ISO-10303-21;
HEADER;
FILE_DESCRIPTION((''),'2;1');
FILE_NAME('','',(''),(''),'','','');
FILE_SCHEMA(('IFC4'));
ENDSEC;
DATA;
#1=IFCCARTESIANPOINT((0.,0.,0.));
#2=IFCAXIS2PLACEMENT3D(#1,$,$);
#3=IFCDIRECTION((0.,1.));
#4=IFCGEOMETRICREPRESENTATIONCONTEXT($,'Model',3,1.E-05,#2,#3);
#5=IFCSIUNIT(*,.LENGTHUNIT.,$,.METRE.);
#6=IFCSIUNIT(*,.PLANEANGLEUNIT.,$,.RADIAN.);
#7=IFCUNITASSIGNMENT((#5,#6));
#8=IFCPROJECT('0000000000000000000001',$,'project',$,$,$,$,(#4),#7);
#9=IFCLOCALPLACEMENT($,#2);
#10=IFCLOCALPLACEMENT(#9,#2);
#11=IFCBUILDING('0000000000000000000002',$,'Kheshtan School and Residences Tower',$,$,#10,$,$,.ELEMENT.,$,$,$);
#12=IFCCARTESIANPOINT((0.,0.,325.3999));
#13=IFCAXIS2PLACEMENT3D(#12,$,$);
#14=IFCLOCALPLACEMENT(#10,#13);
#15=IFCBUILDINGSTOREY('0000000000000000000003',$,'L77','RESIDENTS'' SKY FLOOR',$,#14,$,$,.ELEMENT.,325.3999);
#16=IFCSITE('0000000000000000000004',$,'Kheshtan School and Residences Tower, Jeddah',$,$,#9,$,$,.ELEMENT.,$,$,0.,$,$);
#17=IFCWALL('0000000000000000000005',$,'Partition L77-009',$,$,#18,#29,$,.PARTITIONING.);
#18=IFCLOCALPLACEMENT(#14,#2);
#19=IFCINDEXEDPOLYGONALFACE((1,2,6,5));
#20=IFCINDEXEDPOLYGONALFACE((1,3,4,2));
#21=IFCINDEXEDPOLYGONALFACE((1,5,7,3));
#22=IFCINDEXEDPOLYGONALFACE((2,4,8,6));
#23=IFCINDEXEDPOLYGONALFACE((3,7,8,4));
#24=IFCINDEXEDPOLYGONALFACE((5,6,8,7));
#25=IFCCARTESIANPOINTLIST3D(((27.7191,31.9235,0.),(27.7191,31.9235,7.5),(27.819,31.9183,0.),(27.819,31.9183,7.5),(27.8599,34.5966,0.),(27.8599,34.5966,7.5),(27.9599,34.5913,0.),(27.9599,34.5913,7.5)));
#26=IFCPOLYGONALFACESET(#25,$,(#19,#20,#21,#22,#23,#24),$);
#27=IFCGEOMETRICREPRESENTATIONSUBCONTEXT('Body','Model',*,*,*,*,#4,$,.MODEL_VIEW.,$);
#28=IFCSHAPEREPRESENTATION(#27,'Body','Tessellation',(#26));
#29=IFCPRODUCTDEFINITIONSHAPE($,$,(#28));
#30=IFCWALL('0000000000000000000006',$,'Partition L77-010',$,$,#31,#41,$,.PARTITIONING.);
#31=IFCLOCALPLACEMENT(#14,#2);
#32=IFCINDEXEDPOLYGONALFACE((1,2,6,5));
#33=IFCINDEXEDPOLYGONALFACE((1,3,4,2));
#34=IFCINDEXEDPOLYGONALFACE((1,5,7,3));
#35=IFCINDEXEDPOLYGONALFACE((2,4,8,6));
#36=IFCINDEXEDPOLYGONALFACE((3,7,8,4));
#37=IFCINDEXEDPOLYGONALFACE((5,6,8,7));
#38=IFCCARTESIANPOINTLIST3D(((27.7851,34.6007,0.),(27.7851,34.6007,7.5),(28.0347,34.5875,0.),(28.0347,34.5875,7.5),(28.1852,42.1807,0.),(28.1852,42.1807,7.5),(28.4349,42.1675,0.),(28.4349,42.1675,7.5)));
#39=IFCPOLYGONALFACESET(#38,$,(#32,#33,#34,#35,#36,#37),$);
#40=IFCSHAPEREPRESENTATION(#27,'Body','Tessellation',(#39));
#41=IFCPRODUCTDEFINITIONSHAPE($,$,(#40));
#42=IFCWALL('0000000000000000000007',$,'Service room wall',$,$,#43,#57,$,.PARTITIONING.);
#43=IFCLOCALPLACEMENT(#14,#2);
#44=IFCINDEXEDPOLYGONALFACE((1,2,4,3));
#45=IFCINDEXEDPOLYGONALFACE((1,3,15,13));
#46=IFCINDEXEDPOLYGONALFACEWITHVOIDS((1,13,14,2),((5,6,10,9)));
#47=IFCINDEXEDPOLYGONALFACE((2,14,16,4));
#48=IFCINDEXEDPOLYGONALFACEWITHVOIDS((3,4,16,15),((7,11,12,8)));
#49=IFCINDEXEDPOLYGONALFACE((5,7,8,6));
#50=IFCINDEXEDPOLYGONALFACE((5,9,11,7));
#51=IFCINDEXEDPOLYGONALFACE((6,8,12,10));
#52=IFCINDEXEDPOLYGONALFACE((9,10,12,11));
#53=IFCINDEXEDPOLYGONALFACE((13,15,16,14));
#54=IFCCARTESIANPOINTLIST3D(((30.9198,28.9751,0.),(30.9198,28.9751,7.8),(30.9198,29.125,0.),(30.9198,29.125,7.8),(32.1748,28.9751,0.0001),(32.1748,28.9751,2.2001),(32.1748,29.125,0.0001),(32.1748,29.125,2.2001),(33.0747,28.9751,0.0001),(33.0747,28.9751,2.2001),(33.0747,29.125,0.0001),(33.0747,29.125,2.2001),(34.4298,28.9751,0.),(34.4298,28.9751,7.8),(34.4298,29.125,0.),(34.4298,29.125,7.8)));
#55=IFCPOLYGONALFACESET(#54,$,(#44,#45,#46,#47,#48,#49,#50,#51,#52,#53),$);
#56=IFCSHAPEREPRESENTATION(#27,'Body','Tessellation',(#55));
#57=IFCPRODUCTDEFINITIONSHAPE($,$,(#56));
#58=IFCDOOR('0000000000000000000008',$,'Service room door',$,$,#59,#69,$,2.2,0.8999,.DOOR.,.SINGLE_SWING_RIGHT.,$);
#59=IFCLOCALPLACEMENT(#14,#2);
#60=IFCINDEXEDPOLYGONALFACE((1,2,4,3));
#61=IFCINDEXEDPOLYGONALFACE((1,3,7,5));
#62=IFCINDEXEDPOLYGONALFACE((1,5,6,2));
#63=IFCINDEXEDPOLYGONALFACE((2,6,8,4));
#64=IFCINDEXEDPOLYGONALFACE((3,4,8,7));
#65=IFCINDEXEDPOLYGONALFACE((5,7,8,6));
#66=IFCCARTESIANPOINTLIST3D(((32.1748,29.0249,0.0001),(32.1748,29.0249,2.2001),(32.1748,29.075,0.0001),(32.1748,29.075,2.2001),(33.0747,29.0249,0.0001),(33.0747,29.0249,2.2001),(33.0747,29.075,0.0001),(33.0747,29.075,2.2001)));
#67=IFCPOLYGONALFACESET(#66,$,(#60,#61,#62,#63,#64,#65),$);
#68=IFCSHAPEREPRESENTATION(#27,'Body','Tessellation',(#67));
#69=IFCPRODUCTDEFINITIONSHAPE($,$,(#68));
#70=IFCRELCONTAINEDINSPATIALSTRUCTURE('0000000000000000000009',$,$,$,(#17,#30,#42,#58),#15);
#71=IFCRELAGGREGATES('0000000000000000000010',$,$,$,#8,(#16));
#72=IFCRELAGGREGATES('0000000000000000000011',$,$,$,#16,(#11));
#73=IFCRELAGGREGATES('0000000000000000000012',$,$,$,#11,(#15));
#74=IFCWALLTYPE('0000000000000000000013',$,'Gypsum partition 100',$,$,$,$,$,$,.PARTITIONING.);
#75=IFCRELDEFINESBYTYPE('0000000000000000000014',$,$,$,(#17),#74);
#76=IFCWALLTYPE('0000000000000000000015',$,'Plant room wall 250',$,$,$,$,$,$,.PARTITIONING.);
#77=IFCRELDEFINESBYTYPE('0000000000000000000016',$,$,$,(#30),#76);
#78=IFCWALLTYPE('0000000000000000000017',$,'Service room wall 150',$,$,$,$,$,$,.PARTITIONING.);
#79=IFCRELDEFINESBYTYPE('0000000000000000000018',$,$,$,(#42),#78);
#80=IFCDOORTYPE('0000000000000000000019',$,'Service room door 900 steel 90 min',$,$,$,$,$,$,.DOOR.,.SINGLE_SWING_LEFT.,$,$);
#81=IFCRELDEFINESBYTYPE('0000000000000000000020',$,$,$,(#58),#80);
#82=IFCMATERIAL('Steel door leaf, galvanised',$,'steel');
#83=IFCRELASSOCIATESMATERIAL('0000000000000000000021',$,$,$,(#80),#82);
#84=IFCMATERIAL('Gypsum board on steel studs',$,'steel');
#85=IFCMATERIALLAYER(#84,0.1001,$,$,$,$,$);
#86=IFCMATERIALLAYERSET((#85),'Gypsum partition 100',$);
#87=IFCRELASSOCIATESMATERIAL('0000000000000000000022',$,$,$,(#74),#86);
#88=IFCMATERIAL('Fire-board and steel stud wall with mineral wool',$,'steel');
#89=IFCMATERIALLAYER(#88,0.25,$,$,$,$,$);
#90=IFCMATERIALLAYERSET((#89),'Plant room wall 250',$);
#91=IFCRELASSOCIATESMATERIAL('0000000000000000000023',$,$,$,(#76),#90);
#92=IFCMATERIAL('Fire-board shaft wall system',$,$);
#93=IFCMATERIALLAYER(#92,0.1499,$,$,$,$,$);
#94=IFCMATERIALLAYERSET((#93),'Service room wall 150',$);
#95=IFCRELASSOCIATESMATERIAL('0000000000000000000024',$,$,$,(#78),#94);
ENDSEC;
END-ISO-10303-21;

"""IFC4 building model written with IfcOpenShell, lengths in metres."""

from ifc_helpers import new_model, si_unit, direction, frame, frame_2d, origin, place, context, subcontext, project, spatial, rectangle, extrude, source, transform, mapped, material, layer, layer_set, type_object, element, fill, save


model = new_model("IFC4")

# Units and contexts
model_context = context("Model", 3, precision=1e-05, world=origin(), true_north=direction((0.0, 1.0)))
body_context = subcontext(model_context, "Body", "Model", "MODEL_VIEW")
ifc_project = project(units=[si_unit("LENGTHUNIT", "METRE"), si_unit("PLANEANGLEUNIT", "RADIAN")], contexts=[model_context])

# Site, building, storey
site_placement = place(None, origin())
site = spatial("IfcSite", under=ifc_project, at=site_placement, Name="Kheshtan School and Residences Tower, Jeddah", CompositionType="ELEMENT", RefElevation=0.0)
building_placement = place(site_placement, origin())
building = spatial("IfcBuilding", under=site, at=building_placement, Name="Kheshtan School and Residences Tower", CompositionType="ELEMENT")
storey_placement = place(building_placement, frame((0.0, 0.0, 325.3999)))
storey = spatial("IfcBuildingStorey", under=building, at=storey_placement, Name="L77", Description="RESIDENTS' SKY FLOOR", CompositionType="ELEMENT", Elevation=325.3999)

# Shared definitions
ifc_material_1 = material(Name="Steel door leaf, galvanised", Category="steel")
door_type_1 = type_object("IfcDoorType", Name="Service room door 900 steel 90 min", OperationType="SINGLE_SWING_LEFT", PredefinedType="DOOR", material=ifc_material_1)
shared_shape_1 = source(origin(), body_context, "Body", "SweptSolid", [
    extrude(rectangle(XDim=0.8999, YDim=2.2, at=frame_2d((0.45, 1.1001))), frame((0.0, 0.0249, 0.0), z_axis=(0.0, -1.0, 0.0), x_axis=(1.0, 0.0, 0.0)), (0.0, 0.0, 1.0), 0.05),
])

# Walls
ifc_material_2 = material(Name="Gypsum board on steel studs", Category="steel")
ifc_layer_1 = layer(ifc_material_2, 0.1001)
ifc_layer_set_1 = layer_set([ifc_layer_1], Name="Gypsum partition 100")
wall_type_1 = type_object("IfcWallType", Name="Gypsum partition 100", PredefinedType="PARTITIONING", material=ifc_layer_set_1)
wall_1_placement = place(storey_placement, frame((27.769, 31.9209, 0.0), z_axis=(0.0, 0.0, 1.0), x_axis=(0.052626, 0.998614, 0.0)))
element("IfcWall", 1, at=wall_1_placement, inside=storey, type_object=wall_type_1, Name="Partition L77-009", PredefinedType="PARTITIONING", context=body_context, shape_type="SweptSolid", body=[
    extrude(rectangle(XDim=2.6768, YDim=0.1001, at=frame_2d((1.3384, 0.0))), origin(), (0.0, 0.0, 1.0), 7.5),
])
ifc_material_3 = material(Name="Fire-board and steel stud wall with mineral wool", Category="steel")
ifc_layer_2 = layer(ifc_material_3, 0.25)
ifc_layer_set_2 = layer_set([ifc_layer_2], Name="Plant room wall 250")
wall_type_2 = type_object("IfcWallType", Name="Plant room wall 250", PredefinedType="PARTITIONING", material=ifc_layer_set_2)
wall_2_placement = place(storey_placement, frame((27.9099, 34.594, 0.0), z_axis=(0.0, 0.0, 1.0), x_axis=(0.052716, 0.99861, 0.0)))
element("IfcWall", 2, at=wall_2_placement, inside=storey, type_object=wall_type_2, Name="Partition L77-010", PredefinedType="PARTITIONING", context=body_context, shape_type="SweptSolid", body=[
    extrude(rectangle(XDim=7.5906, YDim=0.25, at=frame_2d((3.7954, 0.0))), origin(), (0.0, 0.0, 1.0), 7.5),
])

# Wall, opening, door
ifc_material_4 = material(Name="Fire-board shaft wall system")
ifc_layer_3 = layer(ifc_material_4, 0.1499)
ifc_layer_set_3 = layer_set([ifc_layer_3], Name="Service room wall 150")
wall_type_3 = type_object("IfcWallType", Name="Service room wall 150", PredefinedType="PARTITIONING", material=ifc_layer_set_3)
wall_3_placement = place(storey_placement, frame((30.9199, 29.05, 0.0), z_axis=(0.0, 0.0, 1.0), x_axis=(1.0, 0.0, 0.0)))
wall_3 = element("IfcWall", 3, at=wall_3_placement, inside=storey, type_object=wall_type_3, Name="Service room wall", PredefinedType="PARTITIONING", context=body_context, shape_type="SweptSolid", body=[
    extrude(rectangle(XDim=3.51, YDim=0.1499, at=frame_2d((1.7549, 0.0))), origin(), (0.0, 0.0, 1.0), 7.8),
])
opening_1_placement = place(wall_3_placement, frame((1.2549, 0.0, 0.0)))
opening_1 = element("IfcOpeningElement", 4, at=opening_1_placement, cuts=wall_3, PredefinedType="OPENING", context=body_context, shape_type="SweptSolid", body=[
    extrude(rectangle(XDim=0.8999, YDim=2.2, at=frame_2d((0.45, 1.1001))), frame((0.0, 0.085, 0.0), z_axis=(0.0, -1.0, 0.0), x_axis=(1.0, 0.0, 0.0)), (0.0, 0.0, 1.0), 0.1699),
])
door_1_placement = place(opening_1_placement, origin())
door_1 = element("IfcDoor", 5, at=door_1_placement, inside=storey, type_object=door_type_1, Name="Service room door", OperationType="SINGLE_SWING_RIGHT", OverallHeight=2.2, OverallWidth=0.8999, PredefinedType="DOOR", context=body_context, shape_type="MappedRepresentation", body=[
    mapped(shared_shape_1, transform((0.0, 0.0, 0.0), x_axis=(1.0, 0.0, 0.0), y_axis=(0.0, 1.0, 0.0), z_axis=(0.0, 0.0, 1.0), scale=1.0)),
])
fill(opening_1, door_1)

save(model, "model.ifc")
